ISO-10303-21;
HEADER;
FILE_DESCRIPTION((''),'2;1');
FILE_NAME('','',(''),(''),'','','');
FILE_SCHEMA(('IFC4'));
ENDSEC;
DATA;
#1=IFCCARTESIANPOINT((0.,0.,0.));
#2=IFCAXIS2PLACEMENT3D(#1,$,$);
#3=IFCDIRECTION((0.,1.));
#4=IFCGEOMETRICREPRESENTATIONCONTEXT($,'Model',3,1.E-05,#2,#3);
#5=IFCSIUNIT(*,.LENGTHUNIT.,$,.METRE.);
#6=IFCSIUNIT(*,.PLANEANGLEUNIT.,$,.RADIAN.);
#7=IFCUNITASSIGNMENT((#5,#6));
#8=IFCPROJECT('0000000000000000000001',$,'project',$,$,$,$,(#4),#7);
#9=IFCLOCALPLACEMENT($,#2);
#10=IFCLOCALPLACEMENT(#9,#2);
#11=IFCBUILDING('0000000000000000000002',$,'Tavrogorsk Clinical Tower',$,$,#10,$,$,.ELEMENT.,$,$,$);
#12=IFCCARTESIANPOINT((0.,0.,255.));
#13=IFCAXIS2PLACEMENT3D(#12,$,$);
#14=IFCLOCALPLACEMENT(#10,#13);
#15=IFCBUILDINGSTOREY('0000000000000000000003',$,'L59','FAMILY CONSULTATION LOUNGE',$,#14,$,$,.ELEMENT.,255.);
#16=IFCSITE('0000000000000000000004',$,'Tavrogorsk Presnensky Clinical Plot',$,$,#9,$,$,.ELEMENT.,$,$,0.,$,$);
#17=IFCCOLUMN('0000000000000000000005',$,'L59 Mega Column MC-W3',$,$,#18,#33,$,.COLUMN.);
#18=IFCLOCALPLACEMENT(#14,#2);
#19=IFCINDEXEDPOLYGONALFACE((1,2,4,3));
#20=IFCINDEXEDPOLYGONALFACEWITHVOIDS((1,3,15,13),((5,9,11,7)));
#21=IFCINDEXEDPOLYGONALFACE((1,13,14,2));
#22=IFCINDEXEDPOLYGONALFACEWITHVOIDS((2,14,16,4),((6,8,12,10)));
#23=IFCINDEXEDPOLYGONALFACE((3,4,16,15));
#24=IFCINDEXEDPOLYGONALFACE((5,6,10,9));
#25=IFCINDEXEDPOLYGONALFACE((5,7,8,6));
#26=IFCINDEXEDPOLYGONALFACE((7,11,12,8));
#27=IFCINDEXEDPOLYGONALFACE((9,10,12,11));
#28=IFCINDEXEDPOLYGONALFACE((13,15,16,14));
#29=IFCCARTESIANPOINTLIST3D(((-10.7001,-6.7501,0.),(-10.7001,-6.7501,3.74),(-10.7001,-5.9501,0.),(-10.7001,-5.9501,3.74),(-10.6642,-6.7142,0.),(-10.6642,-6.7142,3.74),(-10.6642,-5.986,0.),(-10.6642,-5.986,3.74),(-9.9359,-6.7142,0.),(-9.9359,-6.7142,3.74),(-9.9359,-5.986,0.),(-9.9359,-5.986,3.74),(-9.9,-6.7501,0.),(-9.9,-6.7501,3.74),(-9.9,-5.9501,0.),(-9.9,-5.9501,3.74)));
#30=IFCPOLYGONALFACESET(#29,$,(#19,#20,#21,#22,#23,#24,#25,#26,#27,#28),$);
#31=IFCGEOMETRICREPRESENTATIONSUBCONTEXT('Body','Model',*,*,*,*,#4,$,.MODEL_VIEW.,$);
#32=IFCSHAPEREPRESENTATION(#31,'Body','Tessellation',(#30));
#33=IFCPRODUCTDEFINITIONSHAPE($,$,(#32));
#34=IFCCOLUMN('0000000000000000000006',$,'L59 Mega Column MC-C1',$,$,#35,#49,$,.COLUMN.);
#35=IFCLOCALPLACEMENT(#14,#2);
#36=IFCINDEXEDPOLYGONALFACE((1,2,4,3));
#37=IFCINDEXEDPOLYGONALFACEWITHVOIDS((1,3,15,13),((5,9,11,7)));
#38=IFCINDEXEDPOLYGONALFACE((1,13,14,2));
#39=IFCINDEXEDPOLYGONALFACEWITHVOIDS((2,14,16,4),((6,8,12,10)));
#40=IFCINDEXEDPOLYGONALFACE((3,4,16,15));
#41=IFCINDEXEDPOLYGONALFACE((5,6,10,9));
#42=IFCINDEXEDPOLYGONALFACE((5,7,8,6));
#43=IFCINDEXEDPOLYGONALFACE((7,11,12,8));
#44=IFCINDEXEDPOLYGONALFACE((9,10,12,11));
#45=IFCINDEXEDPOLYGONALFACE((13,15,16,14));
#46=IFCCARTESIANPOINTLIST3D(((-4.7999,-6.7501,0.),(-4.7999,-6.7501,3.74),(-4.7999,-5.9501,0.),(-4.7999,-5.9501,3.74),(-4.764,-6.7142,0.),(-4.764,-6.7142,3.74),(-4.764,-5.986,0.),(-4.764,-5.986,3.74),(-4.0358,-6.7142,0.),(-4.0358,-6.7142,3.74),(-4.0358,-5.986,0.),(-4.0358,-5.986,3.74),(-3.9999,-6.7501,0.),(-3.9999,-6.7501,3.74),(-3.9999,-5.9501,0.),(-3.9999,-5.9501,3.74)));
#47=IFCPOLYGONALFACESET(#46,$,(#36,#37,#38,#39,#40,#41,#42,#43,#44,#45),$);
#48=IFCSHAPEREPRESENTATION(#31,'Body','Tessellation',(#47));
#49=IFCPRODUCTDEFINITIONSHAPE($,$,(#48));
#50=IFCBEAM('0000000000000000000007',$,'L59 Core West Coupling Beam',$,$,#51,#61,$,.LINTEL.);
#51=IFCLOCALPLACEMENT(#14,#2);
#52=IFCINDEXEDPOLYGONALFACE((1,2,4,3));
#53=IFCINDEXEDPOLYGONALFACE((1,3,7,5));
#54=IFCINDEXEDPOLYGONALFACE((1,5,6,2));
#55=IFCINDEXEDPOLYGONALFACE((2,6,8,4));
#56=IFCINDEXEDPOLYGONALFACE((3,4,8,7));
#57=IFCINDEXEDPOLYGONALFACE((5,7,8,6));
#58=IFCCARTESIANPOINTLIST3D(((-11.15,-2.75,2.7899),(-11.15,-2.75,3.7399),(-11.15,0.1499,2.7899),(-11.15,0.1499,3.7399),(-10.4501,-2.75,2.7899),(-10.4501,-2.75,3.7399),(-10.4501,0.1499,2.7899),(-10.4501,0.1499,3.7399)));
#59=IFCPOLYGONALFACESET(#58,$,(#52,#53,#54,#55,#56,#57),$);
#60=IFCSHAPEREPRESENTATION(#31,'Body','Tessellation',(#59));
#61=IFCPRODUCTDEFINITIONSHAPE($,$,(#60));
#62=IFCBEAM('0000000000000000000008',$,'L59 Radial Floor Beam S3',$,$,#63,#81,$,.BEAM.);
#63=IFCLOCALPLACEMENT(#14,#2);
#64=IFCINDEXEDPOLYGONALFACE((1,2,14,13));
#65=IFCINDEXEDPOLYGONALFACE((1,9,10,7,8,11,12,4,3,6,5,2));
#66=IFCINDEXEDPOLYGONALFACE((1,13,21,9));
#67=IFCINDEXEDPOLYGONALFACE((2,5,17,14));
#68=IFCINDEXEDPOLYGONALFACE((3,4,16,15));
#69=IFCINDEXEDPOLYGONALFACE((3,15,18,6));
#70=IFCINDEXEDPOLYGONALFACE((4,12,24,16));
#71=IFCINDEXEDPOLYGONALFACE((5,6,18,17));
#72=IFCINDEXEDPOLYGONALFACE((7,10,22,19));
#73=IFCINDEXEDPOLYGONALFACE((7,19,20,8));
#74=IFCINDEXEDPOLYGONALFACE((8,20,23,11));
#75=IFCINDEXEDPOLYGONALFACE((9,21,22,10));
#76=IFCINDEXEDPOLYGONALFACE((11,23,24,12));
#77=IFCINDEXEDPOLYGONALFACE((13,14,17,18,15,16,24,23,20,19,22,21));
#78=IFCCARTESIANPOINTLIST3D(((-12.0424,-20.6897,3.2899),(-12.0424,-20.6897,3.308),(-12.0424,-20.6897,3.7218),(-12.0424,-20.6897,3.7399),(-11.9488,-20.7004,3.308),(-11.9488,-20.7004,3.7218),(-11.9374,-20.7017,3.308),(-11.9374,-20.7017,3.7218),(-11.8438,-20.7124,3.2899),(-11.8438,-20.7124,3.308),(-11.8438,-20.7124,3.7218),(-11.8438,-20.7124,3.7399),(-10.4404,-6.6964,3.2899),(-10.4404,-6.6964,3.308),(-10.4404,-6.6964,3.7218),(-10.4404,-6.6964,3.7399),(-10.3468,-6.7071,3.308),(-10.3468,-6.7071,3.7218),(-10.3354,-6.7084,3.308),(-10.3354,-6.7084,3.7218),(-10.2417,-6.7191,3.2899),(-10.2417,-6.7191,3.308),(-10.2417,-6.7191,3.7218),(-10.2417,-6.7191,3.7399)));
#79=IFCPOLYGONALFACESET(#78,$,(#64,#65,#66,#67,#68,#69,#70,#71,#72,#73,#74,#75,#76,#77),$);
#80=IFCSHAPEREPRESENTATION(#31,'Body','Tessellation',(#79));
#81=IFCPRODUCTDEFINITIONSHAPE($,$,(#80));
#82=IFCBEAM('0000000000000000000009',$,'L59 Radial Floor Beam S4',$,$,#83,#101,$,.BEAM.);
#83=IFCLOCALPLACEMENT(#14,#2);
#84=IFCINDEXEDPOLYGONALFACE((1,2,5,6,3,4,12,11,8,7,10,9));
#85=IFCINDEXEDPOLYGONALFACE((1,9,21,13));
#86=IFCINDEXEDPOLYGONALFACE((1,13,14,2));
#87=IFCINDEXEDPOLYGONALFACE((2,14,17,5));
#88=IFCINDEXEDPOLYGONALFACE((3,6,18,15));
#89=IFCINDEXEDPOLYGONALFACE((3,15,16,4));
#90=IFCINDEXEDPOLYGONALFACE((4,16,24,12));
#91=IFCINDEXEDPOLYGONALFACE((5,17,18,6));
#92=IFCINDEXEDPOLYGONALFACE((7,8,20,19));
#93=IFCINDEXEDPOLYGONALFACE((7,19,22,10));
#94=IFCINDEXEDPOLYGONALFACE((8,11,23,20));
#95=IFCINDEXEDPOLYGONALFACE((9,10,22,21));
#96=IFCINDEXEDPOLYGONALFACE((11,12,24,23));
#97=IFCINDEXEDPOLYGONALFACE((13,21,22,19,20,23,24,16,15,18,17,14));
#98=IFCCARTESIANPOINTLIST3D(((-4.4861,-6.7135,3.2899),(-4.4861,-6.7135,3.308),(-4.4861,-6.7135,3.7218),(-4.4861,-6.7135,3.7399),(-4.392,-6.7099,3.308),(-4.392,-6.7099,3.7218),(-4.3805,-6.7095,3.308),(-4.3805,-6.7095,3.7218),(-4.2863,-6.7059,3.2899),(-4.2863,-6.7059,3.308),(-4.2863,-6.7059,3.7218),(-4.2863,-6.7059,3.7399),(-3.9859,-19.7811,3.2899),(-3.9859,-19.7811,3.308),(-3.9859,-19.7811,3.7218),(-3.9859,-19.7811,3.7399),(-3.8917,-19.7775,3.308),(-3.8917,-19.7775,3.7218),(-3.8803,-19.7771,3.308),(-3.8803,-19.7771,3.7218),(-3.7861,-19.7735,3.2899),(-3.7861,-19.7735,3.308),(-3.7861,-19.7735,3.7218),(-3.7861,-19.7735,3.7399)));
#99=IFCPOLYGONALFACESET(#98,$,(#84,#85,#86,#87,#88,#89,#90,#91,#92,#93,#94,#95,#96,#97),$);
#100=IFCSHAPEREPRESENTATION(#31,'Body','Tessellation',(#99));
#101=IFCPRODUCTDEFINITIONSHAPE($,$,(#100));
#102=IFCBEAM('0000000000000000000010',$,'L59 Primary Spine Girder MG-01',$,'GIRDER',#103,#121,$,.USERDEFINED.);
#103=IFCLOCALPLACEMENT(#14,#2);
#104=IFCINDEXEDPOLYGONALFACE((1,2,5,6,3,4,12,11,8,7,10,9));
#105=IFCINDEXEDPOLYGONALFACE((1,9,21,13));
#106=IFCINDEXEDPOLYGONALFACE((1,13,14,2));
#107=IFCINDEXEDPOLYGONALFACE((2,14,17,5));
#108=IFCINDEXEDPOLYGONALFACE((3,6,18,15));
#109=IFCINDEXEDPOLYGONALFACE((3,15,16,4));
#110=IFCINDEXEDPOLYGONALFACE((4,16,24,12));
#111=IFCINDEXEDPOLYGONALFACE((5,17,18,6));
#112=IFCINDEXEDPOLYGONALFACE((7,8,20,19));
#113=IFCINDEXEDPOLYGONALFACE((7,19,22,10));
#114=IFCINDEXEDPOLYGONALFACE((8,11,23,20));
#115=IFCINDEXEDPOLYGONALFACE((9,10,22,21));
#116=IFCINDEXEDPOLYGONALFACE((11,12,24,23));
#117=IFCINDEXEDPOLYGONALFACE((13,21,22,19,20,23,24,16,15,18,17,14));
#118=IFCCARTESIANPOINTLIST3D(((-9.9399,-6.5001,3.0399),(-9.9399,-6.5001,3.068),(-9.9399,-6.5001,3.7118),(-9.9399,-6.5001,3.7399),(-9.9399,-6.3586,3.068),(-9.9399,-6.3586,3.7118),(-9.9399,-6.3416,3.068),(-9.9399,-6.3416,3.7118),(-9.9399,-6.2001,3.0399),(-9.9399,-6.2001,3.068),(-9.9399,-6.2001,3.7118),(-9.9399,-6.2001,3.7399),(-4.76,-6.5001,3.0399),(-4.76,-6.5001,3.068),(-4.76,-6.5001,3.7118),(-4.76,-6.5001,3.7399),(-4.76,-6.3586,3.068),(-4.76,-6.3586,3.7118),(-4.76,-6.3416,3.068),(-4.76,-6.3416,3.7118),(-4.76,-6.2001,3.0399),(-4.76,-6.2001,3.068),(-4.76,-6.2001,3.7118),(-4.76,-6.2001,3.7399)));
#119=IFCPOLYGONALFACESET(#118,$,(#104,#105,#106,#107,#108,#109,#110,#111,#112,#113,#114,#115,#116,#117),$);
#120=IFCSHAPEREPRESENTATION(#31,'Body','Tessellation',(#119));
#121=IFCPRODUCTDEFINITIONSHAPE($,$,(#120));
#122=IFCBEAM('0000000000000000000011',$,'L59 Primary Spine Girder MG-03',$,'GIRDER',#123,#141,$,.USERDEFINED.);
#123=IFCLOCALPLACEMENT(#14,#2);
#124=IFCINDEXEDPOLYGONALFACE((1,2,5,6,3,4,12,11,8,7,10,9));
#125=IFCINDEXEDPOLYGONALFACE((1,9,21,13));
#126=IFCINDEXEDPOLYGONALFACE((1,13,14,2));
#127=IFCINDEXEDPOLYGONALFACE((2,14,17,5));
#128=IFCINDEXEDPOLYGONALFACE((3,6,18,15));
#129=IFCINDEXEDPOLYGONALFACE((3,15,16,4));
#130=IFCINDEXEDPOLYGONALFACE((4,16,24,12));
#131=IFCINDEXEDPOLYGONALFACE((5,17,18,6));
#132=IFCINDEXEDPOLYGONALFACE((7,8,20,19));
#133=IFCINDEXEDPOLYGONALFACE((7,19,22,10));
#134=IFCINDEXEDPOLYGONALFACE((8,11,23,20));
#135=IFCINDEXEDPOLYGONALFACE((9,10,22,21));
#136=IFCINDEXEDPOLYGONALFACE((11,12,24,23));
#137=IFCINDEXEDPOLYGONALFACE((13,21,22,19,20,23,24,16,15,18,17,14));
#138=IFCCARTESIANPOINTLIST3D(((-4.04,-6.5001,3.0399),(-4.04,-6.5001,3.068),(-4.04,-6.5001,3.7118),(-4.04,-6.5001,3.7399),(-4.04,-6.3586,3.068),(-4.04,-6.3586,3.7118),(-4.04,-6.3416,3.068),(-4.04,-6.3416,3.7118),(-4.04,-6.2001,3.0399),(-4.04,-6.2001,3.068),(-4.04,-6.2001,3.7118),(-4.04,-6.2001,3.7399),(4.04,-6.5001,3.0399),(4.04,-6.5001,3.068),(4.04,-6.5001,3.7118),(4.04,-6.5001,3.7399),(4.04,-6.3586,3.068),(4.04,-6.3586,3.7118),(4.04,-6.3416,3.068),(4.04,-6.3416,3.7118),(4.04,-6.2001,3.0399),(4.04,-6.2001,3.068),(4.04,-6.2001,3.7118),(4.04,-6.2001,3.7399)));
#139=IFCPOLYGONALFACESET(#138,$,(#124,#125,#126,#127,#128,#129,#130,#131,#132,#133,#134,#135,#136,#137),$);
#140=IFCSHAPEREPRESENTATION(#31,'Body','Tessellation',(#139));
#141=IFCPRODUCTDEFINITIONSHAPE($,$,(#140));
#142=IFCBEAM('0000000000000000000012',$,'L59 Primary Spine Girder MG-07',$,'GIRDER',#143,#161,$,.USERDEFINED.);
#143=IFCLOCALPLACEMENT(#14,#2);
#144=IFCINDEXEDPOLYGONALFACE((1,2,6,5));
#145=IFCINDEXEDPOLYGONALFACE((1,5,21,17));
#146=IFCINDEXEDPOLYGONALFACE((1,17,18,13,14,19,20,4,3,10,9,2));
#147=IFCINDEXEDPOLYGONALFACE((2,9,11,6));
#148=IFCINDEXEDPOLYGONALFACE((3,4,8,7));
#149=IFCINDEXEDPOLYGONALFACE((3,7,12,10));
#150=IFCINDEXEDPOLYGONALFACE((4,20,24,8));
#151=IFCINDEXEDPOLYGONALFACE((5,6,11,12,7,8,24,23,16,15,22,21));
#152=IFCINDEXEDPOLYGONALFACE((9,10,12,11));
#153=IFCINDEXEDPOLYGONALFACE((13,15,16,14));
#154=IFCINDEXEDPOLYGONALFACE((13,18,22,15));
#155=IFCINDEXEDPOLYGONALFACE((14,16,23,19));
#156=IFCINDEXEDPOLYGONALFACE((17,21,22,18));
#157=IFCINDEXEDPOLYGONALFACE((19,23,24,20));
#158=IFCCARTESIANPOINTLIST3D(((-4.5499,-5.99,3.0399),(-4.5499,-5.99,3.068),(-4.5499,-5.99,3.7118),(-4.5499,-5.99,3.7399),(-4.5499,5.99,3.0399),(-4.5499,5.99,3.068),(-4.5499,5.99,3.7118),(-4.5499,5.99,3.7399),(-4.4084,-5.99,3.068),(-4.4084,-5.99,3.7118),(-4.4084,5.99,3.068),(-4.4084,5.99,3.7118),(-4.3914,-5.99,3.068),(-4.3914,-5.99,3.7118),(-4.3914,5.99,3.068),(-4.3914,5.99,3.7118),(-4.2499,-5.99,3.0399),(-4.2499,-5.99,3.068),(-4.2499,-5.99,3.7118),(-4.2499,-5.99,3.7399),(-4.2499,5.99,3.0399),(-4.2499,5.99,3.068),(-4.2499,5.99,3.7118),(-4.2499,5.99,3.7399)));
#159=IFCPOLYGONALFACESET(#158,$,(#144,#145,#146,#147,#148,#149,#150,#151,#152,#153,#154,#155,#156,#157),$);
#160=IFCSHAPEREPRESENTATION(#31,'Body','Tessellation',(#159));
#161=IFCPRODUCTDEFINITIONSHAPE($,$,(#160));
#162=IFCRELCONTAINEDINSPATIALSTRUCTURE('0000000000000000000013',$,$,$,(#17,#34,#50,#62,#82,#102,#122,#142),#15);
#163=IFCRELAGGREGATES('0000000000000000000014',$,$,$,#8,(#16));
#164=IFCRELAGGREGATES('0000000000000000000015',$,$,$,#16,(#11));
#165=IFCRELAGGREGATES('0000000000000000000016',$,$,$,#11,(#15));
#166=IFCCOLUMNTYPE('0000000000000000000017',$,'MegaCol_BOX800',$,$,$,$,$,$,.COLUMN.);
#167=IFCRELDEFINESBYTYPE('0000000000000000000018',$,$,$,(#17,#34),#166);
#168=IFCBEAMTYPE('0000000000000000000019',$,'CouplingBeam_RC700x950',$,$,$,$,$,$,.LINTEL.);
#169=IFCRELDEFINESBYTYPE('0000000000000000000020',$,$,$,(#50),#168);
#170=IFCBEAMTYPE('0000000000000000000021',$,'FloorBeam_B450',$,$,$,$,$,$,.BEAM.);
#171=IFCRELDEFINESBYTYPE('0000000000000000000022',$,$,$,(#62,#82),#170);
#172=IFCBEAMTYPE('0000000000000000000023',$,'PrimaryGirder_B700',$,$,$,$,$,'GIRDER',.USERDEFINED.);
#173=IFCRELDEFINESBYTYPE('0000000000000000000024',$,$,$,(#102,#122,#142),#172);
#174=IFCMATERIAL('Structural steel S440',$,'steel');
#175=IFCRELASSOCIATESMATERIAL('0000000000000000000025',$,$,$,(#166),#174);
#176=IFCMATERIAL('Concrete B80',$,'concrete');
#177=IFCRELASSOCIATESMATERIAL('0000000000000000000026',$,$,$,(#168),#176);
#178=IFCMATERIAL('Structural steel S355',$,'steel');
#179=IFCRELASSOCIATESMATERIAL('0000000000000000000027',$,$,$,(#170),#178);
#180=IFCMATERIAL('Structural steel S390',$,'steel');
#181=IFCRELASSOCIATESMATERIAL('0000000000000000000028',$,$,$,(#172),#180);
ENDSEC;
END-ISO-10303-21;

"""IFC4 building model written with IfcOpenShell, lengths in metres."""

from ifc_helpers import new_model, si_unit, direction, frame, origin, origin_2d, place, context, subcontext, project, spatial, rectangle, hollow_rectangle, i_section, extrude, material, material_profile, profile_set, type_object, element, save


model = new_model("IFC4")

# Units and contexts
model_context = context("Model", 3, precision=1e-05, world=origin(), true_north=direction((0.0, 1.0)))
body_context = subcontext(model_context, "Body", "Model", "MODEL_VIEW")
ifc_project = project(units=[si_unit("LENGTHUNIT", "METRE"), si_unit("PLANEANGLEUNIT", "RADIAN")], contexts=[model_context])

# Site, building, storey
site_placement = place(None, origin())
site = spatial("IfcSite", under=ifc_project, at=site_placement, Name="Tavrogorsk Presnensky Clinical Plot", CompositionType="ELEMENT", RefElevation=0.0)
building_placement = place(site_placement, origin())
building = spatial("IfcBuilding", under=site, at=building_placement, Name="Tavrogorsk Clinical Tower", CompositionType="ELEMENT")
storey_placement = place(building_placement, frame((0.0, 0.0, 255.0)))
storey = spatial("IfcBuildingStorey", under=building, at=storey_placement, Name="L59", Description="FAMILY CONSULTATION LOUNGE", CompositionType="ELEMENT", Elevation=255.0)

# Columns
ifc_material_1 = material(Name="Structural steel S440", Category="steel")
ifc_material_profile_1 = material_profile(ifc_material_1, hollow_rectangle(XDim=0.8, YDim=0.8, WallThickness=0.0359, at=origin_2d()), Name="BOX-800x800x36")
ifc_profile_set_1 = profile_set([ifc_material_profile_1], Name="Structural steel S440")
column_type = type_object("IfcColumnType", Name="MegaCol_BOX800", PredefinedType="COLUMN", material=ifc_profile_set_1)
for number, where, z_axis, x_axis, name in (
    (1, (-10.3, -6.3501, 0.0), (0.0, 0.0, 1.0), (1.0, 0.0, 0.0), "L59 Mega Column MC-W3"),
    (2, (-4.3999, -6.3501, 0.0), (0.0, 0.0, 1.0), (1.0, 0.0, 0.0), "L59 Mega Column MC-C1"),
):
    element("IfcColumn", number, at=place(storey_placement, frame(where, z_axis=z_axis, x_axis=x_axis)), inside=storey, type_object=column_type, Name=name, PredefinedType="COLUMN", context=body_context, shape_type="SweptSolid", body=[
        extrude(hollow_rectangle(XDim=0.8, YDim=0.8, WallThickness=0.0359, at=origin_2d()), origin(), (0.0, 0.0, 1.0), 3.74),
    ])

# Beams
ifc_material_2 = material(Name="Concrete B80", Category="concrete")
ifc_material_profile_2 = material_profile(ifc_material_2, rectangle(XDim=0.7, YDim=0.95, at=origin_2d()), Name="RC-CB-700x950")
ifc_profile_set_2 = profile_set([ifc_material_profile_2], Name="Concrete B80")
beam_type_1 = type_object("IfcBeamType", Name="CouplingBeam_RC700x950", PredefinedType="LINTEL", material=ifc_profile_set_2)
beam_1_placement = place(storey_placement, frame((-10.8, -2.75, 3.2649), z_axis=(0.0, 1.0, 0.0), x_axis=(-1.0, 0.0, 0.0)))
element("IfcBeam", 3, at=beam_1_placement, inside=storey, type_object=beam_type_1, Name="L59 Core West Coupling Beam", PredefinedType="LINTEL", context=body_context, shape_type="SweptSolid", body=[
    extrude(rectangle(XDim=0.7, YDim=0.95, at=origin_2d()), origin(), (0.0, 0.0, 1.0), 2.8999),
])
ifc_material_3 = material(Name="Structural steel S355", Category="steel")
ifc_material_profile_3 = material_profile(ifc_material_3, i_section(OverallWidth=0.2, OverallDepth=0.45, WebThickness=0.0115, FlangeThickness=0.0181, at=origin_2d()), Name="B-450x200x11.5x18")
ifc_profile_set_3 = profile_set([ifc_material_profile_3], Name="Structural steel S355")
beam_type_2 = type_object("IfcBeamType", Name="FloorBeam_B450", PredefinedType="BEAM", material=ifc_profile_set_3)
beam_2_placement = place(storey_placement, frame((-10.3411, -6.7078, 3.5149), z_axis=(-0.113743, -0.99351, 0.0), x_axis=(0.99351, -0.113743, 0.0)))
element("IfcBeam", 4, at=beam_2_placement, inside=storey, type_object=beam_type_2, Name="L59 Radial Floor Beam S3", PredefinedType="BEAM", context=body_context, shape_type="SweptSolid", body=[
    extrude(i_section(OverallWidth=0.2, OverallDepth=0.45, WebThickness=0.0115, FlangeThickness=0.0181, at=origin_2d()), origin(), (0.0, 0.0, 1.0), 14.0847),
])
beam_3_placement = place(storey_placement, frame((-4.3862, -6.7097, 3.5149), z_axis=(0.038253, -0.999268, 0.0), x_axis=(0.999268, 0.038253, 0.0)))
element("IfcBeam", 5, at=beam_3_placement, inside=storey, type_object=beam_type_2, Name="L59 Radial Floor Beam S4", PredefinedType="BEAM", context=body_context, shape_type="SweptSolid", body=[
    extrude(i_section(OverallWidth=0.2, OverallDepth=0.45, WebThickness=0.0115, FlangeThickness=0.0181, at=origin_2d()), origin(), (0.0, 0.0, 1.0), 13.0771),
])
ifc_material_4 = material(Name="Structural steel S390", Category="steel")
ifc_material_profile_4 = material_profile(ifc_material_4, i_section(OverallWidth=0.3, OverallDepth=0.7, WebThickness=0.0171, FlangeThickness=0.0281, at=origin_2d()), Name="B-700x300x17x28")
ifc_profile_set_4 = profile_set([ifc_material_profile_4], Name="Structural steel S390")
beam_type_3 = type_object("IfcBeamType", Name="PrimaryGirder_B700", ElementType="GIRDER", PredefinedType="USERDEFINED", material=ifc_profile_set_4)
beam_4_placement = place(storey_placement, frame((-9.9399, -6.3501, 3.3899), z_axis=(1.0, 0.0, 0.0), x_axis=(0.0, 1.0, 0.0)))
element("IfcBeam", 6, at=beam_4_placement, inside=storey, type_object=beam_type_3, Name="L59 Primary Spine Girder MG-01", ObjectType="GIRDER", PredefinedType="USERDEFINED", context=body_context, shape_type="SweptSolid", body=[
    extrude(i_section(OverallWidth=0.3, OverallDepth=0.7, WebThickness=0.0171, FlangeThickness=0.0281, at=origin_2d()), origin(), (0.0, 0.0, 1.0), 5.1799),
])
beam_5_placement = place(storey_placement, frame((-4.04, -6.3501, 3.3899), z_axis=(1.0, 0.0, 0.0), x_axis=(0.0, 1.0, 0.0)))
element("IfcBeam", 7, at=beam_5_placement, inside=storey, type_object=beam_type_3, Name="L59 Primary Spine Girder MG-03", ObjectType="GIRDER", PredefinedType="USERDEFINED", context=body_context, shape_type="SweptSolid", body=[
    extrude(i_section(OverallWidth=0.3, OverallDepth=0.7, WebThickness=0.0171, FlangeThickness=0.0281, at=origin_2d()), origin(), (0.0, 0.0, 1.0), 8.0801),
])
beam_6_placement = place(storey_placement, frame((-4.3999, -5.99, 3.3899), z_axis=(0.0, 1.0, 0.0), x_axis=(-1.0, 0.0, 0.0)))
element("IfcBeam", 8, at=beam_6_placement, inside=storey, type_object=beam_type_3, Name="L59 Primary Spine Girder MG-07", ObjectType="GIRDER", PredefinedType="USERDEFINED", context=body_context, shape_type="SweptSolid", body=[
    extrude(i_section(OverallWidth=0.3, OverallDepth=0.7, WebThickness=0.0171, FlangeThickness=0.0281, at=origin_2d()), origin(), (0.0, 0.0, 1.0), 11.98),
])

save(model, "model.ifc")
